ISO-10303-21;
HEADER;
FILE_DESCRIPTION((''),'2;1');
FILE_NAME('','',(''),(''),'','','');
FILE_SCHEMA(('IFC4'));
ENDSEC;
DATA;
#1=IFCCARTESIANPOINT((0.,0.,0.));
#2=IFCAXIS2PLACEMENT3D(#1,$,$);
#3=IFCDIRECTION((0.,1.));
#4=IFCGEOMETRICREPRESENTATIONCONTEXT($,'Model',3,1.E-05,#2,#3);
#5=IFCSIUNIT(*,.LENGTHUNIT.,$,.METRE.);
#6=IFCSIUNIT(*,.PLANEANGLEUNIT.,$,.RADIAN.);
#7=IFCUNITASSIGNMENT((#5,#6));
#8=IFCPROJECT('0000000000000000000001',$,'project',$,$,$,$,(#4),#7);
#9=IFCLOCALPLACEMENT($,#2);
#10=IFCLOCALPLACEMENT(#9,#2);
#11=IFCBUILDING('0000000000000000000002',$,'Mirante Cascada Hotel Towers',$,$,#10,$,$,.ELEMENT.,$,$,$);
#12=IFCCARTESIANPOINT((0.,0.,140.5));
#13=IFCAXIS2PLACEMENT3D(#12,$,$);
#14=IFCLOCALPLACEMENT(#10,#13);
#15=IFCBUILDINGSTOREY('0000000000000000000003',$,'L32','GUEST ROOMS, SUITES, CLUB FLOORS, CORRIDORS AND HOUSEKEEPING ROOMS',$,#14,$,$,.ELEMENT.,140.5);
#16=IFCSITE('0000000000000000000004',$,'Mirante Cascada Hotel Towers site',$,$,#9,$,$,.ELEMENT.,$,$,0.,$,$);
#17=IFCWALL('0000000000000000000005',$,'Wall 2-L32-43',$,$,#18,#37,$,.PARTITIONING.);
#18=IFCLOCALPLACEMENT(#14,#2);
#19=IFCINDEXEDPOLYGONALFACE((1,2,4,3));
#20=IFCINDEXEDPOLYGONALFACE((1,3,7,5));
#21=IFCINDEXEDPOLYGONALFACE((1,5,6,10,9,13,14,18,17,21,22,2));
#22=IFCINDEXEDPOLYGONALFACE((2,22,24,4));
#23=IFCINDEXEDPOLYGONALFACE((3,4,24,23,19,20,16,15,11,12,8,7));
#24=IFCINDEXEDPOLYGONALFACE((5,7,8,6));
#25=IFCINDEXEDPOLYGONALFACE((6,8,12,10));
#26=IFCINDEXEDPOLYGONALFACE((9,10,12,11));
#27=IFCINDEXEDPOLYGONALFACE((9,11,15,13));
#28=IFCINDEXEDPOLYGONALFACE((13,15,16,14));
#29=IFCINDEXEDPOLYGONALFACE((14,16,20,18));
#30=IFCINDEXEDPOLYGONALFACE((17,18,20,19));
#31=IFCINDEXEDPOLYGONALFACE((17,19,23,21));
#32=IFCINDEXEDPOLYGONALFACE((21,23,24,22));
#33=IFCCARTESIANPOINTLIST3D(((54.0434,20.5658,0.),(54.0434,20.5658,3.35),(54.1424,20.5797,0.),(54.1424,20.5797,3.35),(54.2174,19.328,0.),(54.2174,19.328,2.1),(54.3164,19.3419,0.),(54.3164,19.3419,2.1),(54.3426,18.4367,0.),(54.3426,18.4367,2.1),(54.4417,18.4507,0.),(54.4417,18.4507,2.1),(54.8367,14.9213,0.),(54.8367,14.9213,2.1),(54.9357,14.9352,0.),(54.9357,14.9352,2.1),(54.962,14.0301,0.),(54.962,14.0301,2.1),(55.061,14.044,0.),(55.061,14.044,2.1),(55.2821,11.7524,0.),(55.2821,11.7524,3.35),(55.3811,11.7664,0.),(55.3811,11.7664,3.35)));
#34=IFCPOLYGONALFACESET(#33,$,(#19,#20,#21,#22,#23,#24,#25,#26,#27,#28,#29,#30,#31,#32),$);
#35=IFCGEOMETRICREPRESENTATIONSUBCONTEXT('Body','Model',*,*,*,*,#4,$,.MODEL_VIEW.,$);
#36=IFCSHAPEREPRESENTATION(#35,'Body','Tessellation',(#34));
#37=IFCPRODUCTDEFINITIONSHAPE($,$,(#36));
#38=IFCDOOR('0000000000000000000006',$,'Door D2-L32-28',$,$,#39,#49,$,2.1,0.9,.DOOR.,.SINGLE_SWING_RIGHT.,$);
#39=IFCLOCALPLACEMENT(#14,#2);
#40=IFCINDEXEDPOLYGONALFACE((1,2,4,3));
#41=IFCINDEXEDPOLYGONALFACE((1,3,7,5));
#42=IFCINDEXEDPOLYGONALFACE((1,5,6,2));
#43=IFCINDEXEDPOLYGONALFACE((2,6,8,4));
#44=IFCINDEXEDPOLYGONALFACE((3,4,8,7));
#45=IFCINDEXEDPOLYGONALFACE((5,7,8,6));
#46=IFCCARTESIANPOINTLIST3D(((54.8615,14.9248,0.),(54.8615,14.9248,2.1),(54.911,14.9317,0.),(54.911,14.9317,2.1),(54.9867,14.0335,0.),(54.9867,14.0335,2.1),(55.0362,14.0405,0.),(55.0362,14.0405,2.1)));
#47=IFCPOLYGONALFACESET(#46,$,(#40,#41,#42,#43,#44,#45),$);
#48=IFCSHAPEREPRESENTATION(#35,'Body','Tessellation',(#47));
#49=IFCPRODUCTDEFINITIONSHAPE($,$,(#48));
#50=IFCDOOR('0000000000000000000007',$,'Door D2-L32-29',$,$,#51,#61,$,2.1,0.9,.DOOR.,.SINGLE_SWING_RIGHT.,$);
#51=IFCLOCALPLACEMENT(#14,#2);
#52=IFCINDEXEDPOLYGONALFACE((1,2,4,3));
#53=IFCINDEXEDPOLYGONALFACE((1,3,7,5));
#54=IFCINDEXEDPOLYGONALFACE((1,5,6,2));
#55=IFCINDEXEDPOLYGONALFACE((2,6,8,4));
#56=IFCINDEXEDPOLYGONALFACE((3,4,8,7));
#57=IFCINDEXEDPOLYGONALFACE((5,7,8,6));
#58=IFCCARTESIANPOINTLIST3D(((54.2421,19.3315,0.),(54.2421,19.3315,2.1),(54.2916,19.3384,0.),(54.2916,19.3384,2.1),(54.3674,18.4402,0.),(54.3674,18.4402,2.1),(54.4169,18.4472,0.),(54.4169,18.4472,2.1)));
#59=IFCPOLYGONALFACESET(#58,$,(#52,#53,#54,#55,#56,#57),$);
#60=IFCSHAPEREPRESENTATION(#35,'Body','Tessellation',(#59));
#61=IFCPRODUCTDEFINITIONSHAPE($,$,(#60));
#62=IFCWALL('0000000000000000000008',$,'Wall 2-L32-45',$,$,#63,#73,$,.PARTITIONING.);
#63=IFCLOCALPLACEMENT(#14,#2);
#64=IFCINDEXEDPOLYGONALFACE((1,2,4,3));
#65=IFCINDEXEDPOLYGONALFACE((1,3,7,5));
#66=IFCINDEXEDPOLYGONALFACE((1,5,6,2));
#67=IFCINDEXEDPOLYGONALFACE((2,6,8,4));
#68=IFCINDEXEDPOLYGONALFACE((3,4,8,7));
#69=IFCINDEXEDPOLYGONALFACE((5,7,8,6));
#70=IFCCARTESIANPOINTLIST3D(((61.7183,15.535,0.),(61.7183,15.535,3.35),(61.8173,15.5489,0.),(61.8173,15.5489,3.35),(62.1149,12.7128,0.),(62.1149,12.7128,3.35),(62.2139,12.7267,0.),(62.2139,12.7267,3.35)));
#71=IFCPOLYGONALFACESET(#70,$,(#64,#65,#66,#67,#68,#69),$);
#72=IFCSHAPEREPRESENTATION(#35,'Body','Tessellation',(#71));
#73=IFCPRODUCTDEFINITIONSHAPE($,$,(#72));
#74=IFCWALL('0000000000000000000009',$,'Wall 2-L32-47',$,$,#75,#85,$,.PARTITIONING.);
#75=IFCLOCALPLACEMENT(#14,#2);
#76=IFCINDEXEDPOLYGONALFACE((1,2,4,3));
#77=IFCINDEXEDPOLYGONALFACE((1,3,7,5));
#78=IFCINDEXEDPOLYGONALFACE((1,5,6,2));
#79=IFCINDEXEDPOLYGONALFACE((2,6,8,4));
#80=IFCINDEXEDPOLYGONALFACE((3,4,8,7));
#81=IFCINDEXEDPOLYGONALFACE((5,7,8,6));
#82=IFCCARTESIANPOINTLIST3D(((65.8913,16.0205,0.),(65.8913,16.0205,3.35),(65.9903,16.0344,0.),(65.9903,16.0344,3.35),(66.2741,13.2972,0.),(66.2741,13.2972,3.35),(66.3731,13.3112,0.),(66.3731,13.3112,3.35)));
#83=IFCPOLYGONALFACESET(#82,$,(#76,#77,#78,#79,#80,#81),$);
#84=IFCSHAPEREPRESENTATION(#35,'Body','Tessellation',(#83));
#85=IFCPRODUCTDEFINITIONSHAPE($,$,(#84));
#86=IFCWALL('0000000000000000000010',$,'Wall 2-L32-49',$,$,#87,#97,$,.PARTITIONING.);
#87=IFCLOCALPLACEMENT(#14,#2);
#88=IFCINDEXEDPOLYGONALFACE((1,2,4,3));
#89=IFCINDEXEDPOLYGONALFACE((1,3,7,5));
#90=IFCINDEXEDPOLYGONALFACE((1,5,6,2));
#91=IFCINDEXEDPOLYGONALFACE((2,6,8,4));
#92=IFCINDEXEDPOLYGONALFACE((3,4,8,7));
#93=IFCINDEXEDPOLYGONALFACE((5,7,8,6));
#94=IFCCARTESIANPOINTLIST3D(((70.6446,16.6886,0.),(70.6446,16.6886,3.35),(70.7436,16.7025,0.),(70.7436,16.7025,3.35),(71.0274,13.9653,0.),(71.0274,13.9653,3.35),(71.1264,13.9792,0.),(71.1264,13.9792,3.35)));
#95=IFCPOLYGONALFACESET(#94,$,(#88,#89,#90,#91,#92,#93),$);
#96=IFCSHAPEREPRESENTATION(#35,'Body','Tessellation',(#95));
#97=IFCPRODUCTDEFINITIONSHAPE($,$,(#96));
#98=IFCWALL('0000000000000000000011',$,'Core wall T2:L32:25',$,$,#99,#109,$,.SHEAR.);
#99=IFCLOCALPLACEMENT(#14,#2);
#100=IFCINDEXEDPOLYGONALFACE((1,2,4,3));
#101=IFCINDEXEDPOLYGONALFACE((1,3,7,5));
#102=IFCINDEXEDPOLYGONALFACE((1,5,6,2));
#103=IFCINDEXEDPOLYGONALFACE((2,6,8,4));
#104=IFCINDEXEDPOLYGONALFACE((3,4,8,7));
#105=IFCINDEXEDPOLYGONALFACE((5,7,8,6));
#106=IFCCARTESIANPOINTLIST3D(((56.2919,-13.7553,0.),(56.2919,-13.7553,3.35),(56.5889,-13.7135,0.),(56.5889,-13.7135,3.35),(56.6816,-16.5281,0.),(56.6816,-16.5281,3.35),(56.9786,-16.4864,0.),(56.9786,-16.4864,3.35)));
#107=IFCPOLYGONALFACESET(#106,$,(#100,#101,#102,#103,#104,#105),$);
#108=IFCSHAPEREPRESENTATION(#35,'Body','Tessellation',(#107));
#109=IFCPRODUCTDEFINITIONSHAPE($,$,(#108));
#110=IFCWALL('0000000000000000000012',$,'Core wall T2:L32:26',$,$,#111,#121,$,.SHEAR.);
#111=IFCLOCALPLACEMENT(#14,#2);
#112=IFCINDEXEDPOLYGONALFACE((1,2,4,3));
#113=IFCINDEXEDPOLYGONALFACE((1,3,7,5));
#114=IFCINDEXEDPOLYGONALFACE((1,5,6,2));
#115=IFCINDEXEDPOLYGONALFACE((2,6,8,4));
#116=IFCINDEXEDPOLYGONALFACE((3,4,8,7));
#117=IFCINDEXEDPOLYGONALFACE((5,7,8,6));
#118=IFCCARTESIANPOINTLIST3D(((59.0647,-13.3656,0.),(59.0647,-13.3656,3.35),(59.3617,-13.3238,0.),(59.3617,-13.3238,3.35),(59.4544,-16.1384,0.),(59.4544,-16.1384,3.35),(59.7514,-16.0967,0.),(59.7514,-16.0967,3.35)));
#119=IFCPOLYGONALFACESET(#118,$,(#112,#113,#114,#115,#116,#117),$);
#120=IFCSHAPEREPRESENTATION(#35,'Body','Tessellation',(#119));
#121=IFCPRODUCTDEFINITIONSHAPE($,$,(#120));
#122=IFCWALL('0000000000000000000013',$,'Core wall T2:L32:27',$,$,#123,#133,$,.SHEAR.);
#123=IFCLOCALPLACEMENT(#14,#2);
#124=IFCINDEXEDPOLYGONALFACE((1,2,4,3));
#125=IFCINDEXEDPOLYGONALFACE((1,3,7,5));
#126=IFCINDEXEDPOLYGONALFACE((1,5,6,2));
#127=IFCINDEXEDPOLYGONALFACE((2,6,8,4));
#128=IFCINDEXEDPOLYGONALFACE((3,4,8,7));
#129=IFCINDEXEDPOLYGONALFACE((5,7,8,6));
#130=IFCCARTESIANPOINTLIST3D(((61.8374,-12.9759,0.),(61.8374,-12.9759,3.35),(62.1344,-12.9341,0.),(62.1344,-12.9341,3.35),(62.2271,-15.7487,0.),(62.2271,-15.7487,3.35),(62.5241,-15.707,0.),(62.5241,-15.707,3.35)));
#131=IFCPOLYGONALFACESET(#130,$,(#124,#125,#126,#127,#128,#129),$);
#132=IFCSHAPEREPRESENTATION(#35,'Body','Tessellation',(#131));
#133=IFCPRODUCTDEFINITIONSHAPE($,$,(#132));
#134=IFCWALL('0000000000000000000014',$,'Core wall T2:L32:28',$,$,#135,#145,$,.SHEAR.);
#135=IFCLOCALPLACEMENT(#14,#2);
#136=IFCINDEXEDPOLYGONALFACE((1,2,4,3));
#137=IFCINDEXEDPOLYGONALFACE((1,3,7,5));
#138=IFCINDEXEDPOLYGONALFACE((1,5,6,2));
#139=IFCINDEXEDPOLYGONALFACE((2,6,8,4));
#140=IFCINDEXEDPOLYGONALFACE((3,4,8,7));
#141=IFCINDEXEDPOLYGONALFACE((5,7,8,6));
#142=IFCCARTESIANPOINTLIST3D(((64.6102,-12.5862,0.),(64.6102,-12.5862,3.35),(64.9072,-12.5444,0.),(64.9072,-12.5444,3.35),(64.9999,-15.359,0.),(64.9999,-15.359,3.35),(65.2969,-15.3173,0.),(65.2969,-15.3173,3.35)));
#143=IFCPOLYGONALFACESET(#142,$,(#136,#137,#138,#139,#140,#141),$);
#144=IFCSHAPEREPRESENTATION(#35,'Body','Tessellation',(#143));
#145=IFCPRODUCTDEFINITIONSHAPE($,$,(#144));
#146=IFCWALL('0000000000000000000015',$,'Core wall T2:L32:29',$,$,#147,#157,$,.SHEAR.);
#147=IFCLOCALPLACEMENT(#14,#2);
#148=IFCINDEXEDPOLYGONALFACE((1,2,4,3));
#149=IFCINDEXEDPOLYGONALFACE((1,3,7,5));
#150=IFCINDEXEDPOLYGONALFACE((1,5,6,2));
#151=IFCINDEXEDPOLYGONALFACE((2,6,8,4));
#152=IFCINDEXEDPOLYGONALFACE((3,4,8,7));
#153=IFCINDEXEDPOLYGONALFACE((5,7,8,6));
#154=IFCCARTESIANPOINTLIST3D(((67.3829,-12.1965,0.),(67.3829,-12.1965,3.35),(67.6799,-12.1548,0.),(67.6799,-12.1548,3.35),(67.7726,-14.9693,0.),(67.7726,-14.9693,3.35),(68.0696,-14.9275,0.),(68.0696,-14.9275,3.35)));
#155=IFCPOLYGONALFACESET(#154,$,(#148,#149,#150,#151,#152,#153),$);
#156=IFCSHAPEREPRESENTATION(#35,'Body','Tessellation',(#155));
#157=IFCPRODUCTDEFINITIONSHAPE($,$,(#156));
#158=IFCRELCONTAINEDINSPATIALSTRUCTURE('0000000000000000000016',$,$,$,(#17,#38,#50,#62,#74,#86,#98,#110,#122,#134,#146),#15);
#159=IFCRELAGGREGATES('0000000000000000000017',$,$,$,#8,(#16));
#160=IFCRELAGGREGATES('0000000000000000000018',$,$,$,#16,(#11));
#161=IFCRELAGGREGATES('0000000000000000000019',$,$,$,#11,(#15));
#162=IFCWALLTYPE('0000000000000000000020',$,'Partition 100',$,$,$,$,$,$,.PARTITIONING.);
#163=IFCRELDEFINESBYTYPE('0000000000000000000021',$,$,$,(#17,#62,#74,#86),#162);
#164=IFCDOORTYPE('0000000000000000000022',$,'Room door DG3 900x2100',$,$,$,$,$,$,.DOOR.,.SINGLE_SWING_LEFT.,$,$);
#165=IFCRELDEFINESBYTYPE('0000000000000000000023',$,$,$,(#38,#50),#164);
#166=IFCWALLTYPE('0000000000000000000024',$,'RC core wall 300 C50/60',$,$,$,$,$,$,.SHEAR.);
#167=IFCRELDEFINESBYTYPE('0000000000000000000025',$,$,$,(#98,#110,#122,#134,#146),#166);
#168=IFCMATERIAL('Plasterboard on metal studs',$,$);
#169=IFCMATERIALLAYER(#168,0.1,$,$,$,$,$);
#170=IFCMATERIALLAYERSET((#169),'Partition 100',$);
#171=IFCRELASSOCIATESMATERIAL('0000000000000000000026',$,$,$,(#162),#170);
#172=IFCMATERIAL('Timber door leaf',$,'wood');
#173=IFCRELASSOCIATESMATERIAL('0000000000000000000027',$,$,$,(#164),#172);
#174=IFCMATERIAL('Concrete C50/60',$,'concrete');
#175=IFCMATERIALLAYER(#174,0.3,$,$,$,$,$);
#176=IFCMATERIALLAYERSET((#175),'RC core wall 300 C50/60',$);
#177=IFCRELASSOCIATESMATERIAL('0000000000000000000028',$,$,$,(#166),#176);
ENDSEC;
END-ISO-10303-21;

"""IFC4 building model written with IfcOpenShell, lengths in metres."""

from ifc_helpers import new_model, si_unit, direction, frame, frame_2d, origin, place, context, subcontext, project, spatial, rectangle, extrude, material, layer, layer_set, type_object, element, fill, save


model = new_model("IFC4")

# Units and contexts
model_context = context("Model", 3, precision=1e-05, world=origin(), true_north=direction((0.0, 1.0)))
body_context = subcontext(model_context, "Body", "Model", "MODEL_VIEW")
ifc_project = project(units=[si_unit("LENGTHUNIT", "METRE"), si_unit("PLANEANGLEUNIT", "RADIAN")], contexts=[model_context])

# Site, building, storey
site_placement = place(None, origin())
site = spatial("IfcSite", under=ifc_project, at=site_placement, Name="Mirante Cascada Hotel Towers site", CompositionType="ELEMENT", RefElevation=0.0)
building_placement = place(site_placement, origin())
building = spatial("IfcBuilding", under=site, at=building_placement, Name="Mirante Cascada Hotel Towers", CompositionType="ELEMENT")
storey_placement = place(building_placement, frame((0.0, 0.0, 140.5)))
storey = spatial("IfcBuildingStorey", under=building, at=storey_placement, Name="L32", Description="GUEST ROOMS, SUITES, CLUB FLOORS, CORRIDORS AND HOUSEKEEPING ROOMS", CompositionType="ELEMENT", Elevation=140.5)

# Wall, openings, doors
ifc_material_1 = material(Name="Plasterboard on metal studs")
ifc_layer_1 = layer(ifc_material_1, 0.1)
ifc_layer_set_1 = layer_set([ifc_layer_1], Name="Partition 100")
wall_type_1 = type_object("IfcWallType", Name="Partition 100", PredefinedType="PARTITIONING", material=ifc_layer_set_1)
wall_1_placement = place(storey_placement, frame((55.3316, 11.7594, 0.0), z_axis=(0.0, 0.0, 1.0), x_axis=(-0.139179, 0.990267, 0.0)))
wall_1 = element("IfcWall", 1, at=wall_1_placement, inside=storey, type_object=wall_type_1, Name="Wall 2-L32-43", PredefinedType="PARTITIONING", context=body_context, shape_type="SweptSolid", body=[
    extrude(rectangle(XDim=8.9, YDim=0.1, at=frame_2d((4.45, 0.0))), origin(), (0.0, 0.0, 1.0), 3.35),
])
opening_1_placement = place(wall_1_placement, frame((2.3, 0.0, 0.0)))
opening_1 = element("IfcOpeningElement", 2, at=opening_1_placement, cuts=wall_1, PredefinedType="OPENING", context=body_context, shape_type="SweptSolid", body=[
    extrude(rectangle(XDim=0.9, YDim=2.1, at=frame_2d((0.45, 1.05))), frame((0.0, 0.05, 0.0), z_axis=(0.0, -1.0, 0.0), x_axis=(1.0, 0.0, 0.0)), (0.0, 0.0, 1.0), 0.1),
])
opening_2_placement = place(wall_1_placement, frame((6.75, 0.0, 0.0)))
opening_2 = element("IfcOpeningElement", 3, at=opening_2_placement, cuts=wall_1, PredefinedType="OPENING", context=body_context, shape_type="SweptSolid", body=[
    extrude(rectangle(XDim=0.9, YDim=2.1, at=frame_2d((0.45, 1.05))), frame((0.0, 0.05, 0.0), z_axis=(0.0, -1.0, 0.0), x_axis=(1.0, 0.0, 0.0)), (0.0, 0.0, 1.0), 0.1),
])
ifc_material_2 = material(Name="Timber door leaf", Category="wood")
door_type_1 = type_object("IfcDoorType", Name="Room door DG3 900x2100", OperationType="SINGLE_SWING_LEFT", PredefinedType="DOOR", material=ifc_material_2)
door_1_placement = place(opening_1_placement, frame((0.9, 0.0, 0.0), z_axis=(0.0, 0.0, 1.0), x_axis=(-1.0, 0.0, 0.0)))
door_1 = element("IfcDoor", 4, at=door_1_placement, inside=storey, type_object=door_type_1, Name="Door D2-L32-28", OperationType="SINGLE_SWING_RIGHT", OverallHeight=2.1, OverallWidth=0.9, PredefinedType="DOOR", context=body_context, shape_type="SweptSolid", body=[
    extrude(rectangle(XDim=0.9, YDim=2.1, at=frame_2d((0.45, 1.05))), frame((0.0, 0.025, 0.0), z_axis=(0.0, -1.0, 0.0), x_axis=(1.0, 0.0, 0.0)), (0.0, 0.0, 1.0), 0.05),
])
fill(opening_1, door_1)
door_2_placement = place(opening_2_placement, frame((0.9, 0.0, 0.0), z_axis=(0.0, 0.0, 1.0), x_axis=(-1.0, 0.0, 0.0)))
door_2 = element("IfcDoor", 5, at=door_2_placement, inside=storey, type_object=door_type_1, Name="Door D2-L32-29", OperationType="SINGLE_SWING_RIGHT", OverallHeight=2.1, OverallWidth=0.9, PredefinedType="DOOR", context=body_context, shape_type="SweptSolid", body=[
    extrude(rectangle(XDim=0.9, YDim=2.1, at=frame_2d((0.45, 1.05))), frame((0.0, 0.025, 0.0), z_axis=(0.0, -1.0, 0.0), x_axis=(1.0, 0.0, 0.0)), (0.0, 0.0, 1.0), 0.05),
])
fill(opening_2, door_2)

# Walls
wall_2_placement = place(storey_placement, frame((62.1644, 12.7197, 0.0), z_axis=(0.0, 0.0, 1.0), x_axis=(-0.139161, 0.99027, 0.0)))
element("IfcWall", 6, at=wall_2_placement, inside=storey, type_object=wall_type_1, Name="Wall 2-L32-45", PredefinedType="PARTITIONING", context=body_context, shape_type="SweptSolid", body=[
    extrude(rectangle(XDim=2.8499, YDim=0.1, at=frame_2d((1.425, 0.0))), origin(), (0.0, 0.0, 1.0), 3.35),
])
wall_3_placement = place(storey_placement, frame((66.3236, 13.3042, 0.0), z_axis=(0.0, 0.0, 1.0), x_axis=(-0.139201, 0.990264, 0.0)))
element("IfcWall", 7, at=wall_3_placement, inside=storey, type_object=wall_type_1, Name="Wall 2-L32-47", PredefinedType="PARTITIONING", context=body_context, shape_type="SweptSolid", body=[
    extrude(rectangle(XDim=2.75, YDim=0.1, at=frame_2d((1.375, 0.0))), origin(), (0.0, 0.0, 1.0), 3.35),
])
wall_4_placement = place(storey_placement, frame((71.0769, 13.9722, 0.0), z_axis=(0.0, 0.0, 1.0), x_axis=(-0.139196, 0.990265, 0.0)))
element("IfcWall", 8, at=wall_4_placement, inside=storey, type_object=wall_type_1, Name="Wall 2-L32-49", PredefinedType="PARTITIONING", context=body_context, shape_type="SweptSolid", body=[
    extrude(rectangle(XDim=2.7501, YDim=0.1, at=frame_2d((1.3751, 0.0))), origin(), (0.0, 0.0, 1.0), 3.35),
])
ifc_material_3 = material(Name="Concrete C50/60", Category="concrete")
ifc_layer_2 = layer(ifc_material_3, 0.3)
ifc_layer_set_2 = layer_set([ifc_layer_2], Name="RC core wall 300 C50/60")
wall_type_2 = type_object("IfcWallType", Name="RC core wall 300 C50/60", PredefinedType="SHEAR", material=ifc_layer_set_2)
for number, where, z_axis, x_axis, name in (
    (9, (56.8301, -16.5072, 0.0), (0.0, 0.0, 1.0), (-0.139176, 0.990268, 0.0), "Core wall T2:L32:25"),
    (10, (59.6029, -16.1175, 0.0), (0.0, 0.0, 1.0), (-0.139176, 0.990268, 0.0), "Core wall T2:L32:26"),
    (11, (62.3756, -15.7278, 0.0), (0.0, 0.0, 1.0), (-0.139176, 0.990268, 0.0), "Core wall T2:L32:27"),
    (12, (65.1484, -15.3381, 0.0), (0.0, 0.0, 1.0), (-0.139176, 0.990268, 0.0), "Core wall T2:L32:28"),
):
    element("IfcWall", number, at=place(storey_placement, frame(where, z_axis=z_axis, x_axis=x_axis)), inside=storey, type_object=wall_type_2, Name=name, PredefinedType="SHEAR", context=body_context, shape_type="SweptSolid", body=[
        extrude(rectangle(XDim=2.8001, YDim=0.3, at=frame_2d((1.4, 0.0))), origin(), (0.0, 0.0, 1.0), 3.35),
    ])
wall_5_placement = place(storey_placement, frame((67.9211, -14.9484, 0.0), z_axis=(0.0, 0.0, 1.0), x_axis=(-0.139181, 0.990267, 0.0)))
element("IfcWall", 13, at=wall_5_placement, inside=storey, type_object=wall_type_2, Name="Core wall T2:L32:29", PredefinedType="SHEAR", context=body_context, shape_type="SweptSolid", body=[
    extrude(rectangle(XDim=2.8, YDim=0.3, at=frame_2d((1.4, 0.0))), origin(), (0.0, 0.0, 1.0), 3.35),
])

save(model, "model.ifc")
